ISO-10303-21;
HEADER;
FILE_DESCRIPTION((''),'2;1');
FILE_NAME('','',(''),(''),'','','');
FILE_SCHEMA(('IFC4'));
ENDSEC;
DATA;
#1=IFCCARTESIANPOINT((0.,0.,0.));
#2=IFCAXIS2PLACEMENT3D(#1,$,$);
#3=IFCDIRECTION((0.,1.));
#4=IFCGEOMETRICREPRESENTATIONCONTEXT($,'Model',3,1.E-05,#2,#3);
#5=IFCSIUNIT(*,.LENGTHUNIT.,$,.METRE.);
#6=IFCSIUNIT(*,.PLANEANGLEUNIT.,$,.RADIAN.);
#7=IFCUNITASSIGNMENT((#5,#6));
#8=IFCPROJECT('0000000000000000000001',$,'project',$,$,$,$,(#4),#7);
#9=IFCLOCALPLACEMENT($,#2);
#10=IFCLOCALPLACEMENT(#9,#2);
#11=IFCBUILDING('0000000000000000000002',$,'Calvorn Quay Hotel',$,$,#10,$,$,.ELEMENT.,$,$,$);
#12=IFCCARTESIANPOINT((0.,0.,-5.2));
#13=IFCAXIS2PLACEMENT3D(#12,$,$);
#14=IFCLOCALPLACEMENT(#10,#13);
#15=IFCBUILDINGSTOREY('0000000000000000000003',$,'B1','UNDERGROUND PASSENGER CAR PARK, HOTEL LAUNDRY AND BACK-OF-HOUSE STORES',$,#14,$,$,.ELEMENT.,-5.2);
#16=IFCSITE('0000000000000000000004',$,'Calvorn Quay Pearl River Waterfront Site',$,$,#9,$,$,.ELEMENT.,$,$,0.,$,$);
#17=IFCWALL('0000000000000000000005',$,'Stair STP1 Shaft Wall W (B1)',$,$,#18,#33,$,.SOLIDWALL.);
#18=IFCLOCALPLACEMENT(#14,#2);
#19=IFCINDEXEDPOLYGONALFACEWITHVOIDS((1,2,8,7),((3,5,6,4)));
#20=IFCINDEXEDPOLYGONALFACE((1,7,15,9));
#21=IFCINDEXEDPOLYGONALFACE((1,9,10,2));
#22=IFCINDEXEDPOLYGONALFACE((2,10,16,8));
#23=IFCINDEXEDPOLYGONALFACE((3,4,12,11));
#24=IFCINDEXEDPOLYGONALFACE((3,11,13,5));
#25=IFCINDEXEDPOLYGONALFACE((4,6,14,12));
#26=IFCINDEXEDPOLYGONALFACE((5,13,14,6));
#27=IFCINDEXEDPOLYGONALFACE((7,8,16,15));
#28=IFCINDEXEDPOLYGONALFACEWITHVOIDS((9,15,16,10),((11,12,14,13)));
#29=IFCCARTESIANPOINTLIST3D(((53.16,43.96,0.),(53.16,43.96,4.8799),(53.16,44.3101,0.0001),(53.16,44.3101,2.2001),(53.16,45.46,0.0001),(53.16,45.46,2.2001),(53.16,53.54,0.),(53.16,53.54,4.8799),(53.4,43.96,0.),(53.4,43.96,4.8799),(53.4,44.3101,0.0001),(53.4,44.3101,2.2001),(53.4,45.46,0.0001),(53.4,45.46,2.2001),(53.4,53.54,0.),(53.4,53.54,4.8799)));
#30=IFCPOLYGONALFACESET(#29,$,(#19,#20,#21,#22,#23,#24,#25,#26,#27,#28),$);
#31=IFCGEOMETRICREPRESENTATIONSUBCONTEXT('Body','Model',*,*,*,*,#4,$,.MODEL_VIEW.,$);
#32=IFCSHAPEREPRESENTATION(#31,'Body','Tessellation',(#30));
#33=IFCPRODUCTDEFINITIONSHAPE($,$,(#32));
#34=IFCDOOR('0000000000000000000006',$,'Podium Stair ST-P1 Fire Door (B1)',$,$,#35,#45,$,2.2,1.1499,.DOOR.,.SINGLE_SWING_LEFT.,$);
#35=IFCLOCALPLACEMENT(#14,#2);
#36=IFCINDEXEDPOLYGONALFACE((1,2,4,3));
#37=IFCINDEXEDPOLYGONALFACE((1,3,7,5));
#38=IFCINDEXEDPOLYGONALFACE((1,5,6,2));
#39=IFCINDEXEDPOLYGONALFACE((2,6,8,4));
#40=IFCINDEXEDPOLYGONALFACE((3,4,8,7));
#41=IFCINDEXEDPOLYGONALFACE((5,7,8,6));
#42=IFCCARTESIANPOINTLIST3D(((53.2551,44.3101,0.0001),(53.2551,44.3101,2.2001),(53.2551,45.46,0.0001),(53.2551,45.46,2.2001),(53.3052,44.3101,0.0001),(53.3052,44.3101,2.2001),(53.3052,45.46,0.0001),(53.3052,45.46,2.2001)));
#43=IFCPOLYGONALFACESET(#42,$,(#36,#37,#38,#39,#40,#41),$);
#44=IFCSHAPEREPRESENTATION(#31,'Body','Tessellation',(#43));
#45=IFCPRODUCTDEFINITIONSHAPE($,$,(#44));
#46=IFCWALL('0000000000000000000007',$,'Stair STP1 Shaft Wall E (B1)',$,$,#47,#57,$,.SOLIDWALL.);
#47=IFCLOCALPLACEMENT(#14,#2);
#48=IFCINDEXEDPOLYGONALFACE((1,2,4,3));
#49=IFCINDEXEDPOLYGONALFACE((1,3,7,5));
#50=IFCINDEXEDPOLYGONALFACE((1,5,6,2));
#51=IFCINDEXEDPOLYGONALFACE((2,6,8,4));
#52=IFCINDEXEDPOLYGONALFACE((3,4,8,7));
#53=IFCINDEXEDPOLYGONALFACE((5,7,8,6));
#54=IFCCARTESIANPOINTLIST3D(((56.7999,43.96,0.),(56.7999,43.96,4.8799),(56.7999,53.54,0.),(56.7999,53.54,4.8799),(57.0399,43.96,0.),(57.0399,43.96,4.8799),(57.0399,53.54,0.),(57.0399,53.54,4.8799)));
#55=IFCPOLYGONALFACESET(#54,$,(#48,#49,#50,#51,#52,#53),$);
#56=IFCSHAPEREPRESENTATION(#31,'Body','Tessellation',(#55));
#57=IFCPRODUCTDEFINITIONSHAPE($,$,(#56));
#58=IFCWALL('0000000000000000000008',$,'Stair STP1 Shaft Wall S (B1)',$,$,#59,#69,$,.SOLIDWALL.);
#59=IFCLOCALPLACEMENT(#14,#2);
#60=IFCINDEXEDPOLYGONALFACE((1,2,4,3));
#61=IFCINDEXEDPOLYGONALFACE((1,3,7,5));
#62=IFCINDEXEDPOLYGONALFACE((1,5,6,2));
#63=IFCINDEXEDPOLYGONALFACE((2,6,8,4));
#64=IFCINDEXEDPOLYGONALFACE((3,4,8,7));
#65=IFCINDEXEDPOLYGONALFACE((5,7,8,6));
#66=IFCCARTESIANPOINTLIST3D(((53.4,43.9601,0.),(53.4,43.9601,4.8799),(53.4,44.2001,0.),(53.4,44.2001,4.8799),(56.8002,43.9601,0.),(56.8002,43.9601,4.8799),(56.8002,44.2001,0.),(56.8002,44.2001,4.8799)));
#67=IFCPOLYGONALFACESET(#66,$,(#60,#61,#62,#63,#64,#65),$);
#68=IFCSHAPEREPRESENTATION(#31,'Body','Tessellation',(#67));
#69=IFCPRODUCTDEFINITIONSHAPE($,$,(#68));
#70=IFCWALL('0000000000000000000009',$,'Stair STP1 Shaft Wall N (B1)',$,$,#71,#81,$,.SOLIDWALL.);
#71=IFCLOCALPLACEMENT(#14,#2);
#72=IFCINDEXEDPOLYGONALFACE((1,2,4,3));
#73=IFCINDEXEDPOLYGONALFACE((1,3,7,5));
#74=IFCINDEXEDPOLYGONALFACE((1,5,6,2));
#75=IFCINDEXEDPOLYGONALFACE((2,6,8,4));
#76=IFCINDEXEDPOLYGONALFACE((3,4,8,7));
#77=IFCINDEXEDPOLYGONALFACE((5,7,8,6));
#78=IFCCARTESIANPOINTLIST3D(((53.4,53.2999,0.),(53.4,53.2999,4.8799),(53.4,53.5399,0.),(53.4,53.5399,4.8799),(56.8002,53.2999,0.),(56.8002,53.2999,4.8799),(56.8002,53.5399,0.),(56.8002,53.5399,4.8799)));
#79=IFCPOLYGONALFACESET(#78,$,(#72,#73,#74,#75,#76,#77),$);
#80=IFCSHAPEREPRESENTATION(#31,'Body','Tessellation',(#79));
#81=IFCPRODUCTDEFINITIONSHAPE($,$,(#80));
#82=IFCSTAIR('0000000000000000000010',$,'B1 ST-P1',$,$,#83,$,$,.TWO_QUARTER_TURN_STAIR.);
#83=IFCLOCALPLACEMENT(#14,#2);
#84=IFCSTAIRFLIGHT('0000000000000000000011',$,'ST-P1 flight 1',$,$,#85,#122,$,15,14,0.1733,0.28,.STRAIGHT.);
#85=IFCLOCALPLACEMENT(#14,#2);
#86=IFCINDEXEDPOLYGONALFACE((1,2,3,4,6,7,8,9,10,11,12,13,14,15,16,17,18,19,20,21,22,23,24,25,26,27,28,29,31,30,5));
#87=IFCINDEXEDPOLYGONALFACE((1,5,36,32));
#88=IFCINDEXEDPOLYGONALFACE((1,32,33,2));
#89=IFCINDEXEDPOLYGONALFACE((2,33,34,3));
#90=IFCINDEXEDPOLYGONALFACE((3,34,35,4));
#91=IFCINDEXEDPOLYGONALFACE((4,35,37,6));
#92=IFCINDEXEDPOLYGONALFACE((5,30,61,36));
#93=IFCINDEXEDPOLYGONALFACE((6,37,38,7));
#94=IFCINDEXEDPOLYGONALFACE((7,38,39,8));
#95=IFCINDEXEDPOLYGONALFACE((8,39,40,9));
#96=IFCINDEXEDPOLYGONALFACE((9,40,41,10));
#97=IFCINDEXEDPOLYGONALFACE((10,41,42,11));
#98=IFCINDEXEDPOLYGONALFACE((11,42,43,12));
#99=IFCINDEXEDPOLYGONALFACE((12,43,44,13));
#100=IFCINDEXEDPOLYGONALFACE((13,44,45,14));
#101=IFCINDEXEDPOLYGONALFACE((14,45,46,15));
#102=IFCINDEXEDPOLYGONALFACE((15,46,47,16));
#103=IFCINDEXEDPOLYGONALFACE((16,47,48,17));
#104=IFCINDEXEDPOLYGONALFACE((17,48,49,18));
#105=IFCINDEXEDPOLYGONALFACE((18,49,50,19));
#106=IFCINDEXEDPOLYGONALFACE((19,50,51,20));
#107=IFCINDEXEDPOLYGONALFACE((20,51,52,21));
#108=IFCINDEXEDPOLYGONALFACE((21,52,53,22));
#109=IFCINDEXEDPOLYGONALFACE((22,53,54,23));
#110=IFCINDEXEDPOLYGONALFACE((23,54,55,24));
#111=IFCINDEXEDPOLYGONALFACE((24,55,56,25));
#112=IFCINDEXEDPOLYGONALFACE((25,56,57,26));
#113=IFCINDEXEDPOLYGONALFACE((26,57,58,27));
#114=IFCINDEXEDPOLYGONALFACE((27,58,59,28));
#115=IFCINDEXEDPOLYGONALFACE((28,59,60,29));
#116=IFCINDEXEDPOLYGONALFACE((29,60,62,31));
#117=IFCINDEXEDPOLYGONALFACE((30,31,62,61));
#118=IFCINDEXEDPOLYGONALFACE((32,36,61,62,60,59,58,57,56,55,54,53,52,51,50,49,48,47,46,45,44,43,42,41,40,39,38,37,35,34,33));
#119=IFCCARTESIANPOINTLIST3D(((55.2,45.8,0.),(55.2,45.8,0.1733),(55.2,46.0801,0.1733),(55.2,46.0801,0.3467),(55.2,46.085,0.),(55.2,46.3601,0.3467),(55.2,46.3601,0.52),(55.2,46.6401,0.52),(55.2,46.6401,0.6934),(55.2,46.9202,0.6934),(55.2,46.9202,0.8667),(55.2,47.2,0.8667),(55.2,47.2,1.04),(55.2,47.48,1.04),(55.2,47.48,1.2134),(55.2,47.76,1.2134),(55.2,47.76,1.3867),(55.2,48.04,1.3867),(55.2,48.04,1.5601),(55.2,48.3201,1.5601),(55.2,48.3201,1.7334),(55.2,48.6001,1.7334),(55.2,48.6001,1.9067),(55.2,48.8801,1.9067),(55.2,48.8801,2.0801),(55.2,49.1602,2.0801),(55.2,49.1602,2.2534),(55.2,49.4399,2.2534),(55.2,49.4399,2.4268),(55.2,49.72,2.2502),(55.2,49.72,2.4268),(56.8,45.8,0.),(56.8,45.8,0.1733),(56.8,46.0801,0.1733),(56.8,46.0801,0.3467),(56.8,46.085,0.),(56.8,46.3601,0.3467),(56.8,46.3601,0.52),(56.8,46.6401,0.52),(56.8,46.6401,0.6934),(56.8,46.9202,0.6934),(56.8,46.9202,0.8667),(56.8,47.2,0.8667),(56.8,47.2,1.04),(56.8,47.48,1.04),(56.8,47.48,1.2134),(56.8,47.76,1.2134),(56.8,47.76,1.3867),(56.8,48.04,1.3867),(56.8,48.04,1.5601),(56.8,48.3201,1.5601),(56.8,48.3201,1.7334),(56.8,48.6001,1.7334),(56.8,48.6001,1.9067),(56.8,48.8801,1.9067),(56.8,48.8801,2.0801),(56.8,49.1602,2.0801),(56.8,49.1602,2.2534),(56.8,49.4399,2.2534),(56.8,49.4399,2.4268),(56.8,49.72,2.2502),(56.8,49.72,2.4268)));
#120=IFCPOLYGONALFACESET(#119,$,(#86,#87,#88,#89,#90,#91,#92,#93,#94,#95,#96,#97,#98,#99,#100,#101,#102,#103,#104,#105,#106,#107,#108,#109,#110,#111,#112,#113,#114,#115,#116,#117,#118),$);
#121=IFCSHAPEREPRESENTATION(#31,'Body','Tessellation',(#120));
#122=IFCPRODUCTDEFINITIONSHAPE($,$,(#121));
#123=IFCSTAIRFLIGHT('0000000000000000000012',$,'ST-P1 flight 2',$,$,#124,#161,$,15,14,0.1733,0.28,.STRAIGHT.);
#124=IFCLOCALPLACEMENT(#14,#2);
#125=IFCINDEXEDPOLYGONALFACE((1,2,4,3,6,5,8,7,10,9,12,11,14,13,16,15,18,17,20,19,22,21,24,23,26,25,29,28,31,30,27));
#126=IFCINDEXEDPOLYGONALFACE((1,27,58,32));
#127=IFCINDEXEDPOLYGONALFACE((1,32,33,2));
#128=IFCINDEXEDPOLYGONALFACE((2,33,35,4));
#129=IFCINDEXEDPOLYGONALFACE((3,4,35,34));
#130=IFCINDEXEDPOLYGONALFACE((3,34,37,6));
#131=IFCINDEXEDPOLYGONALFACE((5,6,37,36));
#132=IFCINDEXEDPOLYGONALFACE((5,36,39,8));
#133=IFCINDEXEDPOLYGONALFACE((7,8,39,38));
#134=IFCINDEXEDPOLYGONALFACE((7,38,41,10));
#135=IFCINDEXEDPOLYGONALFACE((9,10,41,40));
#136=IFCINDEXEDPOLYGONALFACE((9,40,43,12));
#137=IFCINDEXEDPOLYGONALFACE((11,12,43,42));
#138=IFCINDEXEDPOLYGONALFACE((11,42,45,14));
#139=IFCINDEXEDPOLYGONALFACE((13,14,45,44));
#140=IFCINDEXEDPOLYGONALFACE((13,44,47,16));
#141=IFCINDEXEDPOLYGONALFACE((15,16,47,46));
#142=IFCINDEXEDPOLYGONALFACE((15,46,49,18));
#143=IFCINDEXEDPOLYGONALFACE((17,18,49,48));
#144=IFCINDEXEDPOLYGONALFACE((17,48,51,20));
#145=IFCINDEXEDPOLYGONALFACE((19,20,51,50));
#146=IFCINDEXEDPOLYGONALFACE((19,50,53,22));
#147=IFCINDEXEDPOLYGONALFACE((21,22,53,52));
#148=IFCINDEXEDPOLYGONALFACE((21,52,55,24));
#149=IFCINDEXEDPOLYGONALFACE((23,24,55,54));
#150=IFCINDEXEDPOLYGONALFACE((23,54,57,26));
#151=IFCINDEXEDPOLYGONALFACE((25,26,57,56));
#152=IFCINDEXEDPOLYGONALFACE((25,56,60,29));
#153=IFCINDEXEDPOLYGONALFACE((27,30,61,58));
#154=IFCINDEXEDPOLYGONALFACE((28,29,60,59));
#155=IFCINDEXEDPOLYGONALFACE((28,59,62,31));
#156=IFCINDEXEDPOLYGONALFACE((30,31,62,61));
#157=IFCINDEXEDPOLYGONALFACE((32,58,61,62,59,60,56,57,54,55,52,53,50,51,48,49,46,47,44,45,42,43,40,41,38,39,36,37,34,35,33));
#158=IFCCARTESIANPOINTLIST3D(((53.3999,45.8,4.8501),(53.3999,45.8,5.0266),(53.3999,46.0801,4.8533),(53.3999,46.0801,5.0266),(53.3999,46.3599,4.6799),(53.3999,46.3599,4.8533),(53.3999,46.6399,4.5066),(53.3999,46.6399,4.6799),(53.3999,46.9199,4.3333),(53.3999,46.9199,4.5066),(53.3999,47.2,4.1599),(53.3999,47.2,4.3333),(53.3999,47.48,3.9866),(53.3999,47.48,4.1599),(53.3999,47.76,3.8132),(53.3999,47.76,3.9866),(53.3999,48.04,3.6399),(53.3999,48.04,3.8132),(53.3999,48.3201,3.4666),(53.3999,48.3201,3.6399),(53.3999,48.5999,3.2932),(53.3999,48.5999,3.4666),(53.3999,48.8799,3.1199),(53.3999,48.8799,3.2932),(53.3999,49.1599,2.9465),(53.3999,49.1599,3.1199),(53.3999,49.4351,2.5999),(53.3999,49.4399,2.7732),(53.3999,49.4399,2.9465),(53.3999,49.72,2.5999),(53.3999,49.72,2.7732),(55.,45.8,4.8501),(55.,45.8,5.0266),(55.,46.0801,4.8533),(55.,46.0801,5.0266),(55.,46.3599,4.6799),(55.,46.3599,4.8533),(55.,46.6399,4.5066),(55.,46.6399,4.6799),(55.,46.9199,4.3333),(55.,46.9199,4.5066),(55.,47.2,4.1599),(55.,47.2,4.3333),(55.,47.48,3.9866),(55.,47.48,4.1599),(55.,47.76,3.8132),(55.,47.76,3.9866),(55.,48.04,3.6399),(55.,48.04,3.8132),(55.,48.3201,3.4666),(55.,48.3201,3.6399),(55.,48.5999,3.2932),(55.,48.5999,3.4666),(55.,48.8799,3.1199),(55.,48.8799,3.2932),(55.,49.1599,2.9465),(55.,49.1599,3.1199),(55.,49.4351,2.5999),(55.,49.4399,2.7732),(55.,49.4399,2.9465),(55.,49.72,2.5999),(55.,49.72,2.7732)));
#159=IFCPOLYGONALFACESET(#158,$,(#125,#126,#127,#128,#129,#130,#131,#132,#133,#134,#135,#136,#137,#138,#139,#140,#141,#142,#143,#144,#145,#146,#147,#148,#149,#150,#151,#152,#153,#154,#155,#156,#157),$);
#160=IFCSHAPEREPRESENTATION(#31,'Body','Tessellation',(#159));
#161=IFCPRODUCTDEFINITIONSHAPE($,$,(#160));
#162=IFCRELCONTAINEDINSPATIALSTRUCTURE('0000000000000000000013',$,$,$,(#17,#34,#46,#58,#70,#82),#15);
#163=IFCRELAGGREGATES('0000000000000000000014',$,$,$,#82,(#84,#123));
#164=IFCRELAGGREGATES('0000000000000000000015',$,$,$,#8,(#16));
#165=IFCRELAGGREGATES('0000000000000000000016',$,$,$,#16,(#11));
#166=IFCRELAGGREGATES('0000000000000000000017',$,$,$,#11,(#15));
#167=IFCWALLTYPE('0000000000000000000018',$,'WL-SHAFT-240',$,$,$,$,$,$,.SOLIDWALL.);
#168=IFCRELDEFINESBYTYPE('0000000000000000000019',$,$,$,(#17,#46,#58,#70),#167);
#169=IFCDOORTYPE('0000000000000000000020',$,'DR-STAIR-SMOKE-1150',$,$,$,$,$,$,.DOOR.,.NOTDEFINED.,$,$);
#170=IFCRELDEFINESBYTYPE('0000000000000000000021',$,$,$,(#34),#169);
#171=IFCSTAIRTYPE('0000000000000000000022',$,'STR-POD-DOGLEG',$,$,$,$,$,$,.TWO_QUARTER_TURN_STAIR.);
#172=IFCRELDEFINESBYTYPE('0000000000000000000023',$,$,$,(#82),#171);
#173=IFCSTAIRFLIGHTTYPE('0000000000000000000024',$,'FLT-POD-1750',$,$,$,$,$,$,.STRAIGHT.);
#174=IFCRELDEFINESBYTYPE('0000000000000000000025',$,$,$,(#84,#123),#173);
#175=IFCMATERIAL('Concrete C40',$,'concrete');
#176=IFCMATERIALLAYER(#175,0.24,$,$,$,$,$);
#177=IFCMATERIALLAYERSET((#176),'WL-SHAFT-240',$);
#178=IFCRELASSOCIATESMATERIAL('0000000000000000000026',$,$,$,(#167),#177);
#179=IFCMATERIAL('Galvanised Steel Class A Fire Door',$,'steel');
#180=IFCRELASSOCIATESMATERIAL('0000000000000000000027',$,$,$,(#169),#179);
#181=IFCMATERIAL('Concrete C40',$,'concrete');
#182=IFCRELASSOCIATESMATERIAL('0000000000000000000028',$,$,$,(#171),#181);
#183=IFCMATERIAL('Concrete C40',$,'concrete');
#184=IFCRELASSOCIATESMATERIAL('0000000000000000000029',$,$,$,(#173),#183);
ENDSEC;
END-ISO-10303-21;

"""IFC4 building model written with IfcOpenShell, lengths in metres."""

from ifc_helpers import new_model, si_unit, direction, frame, frame_2d, origin, place, context, subcontext, project, spatial, polyline, rectangle, outline, extrude, material, layer, layer_set, type_object, element, fill, aggregate, save


model = new_model("IFC4")

# Units and contexts
model_context = context("Model", 3, precision=1e-05, world=origin(), true_north=direction((0.0, 1.0)))
body_context = subcontext(model_context, "Body", "Model", "MODEL_VIEW")
ifc_project = project(units=[si_unit("LENGTHUNIT", "METRE"), si_unit("PLANEANGLEUNIT", "RADIAN")], contexts=[model_context])

# Site, building, storey
site_placement = place(None, origin())
site = spatial("IfcSite", under=ifc_project, at=site_placement, Name="Calvorn Quay Pearl River Waterfront Site", CompositionType="ELEMENT", RefElevation=0.0)
building_placement = place(site_placement, origin())
building = spatial("IfcBuilding", under=site, at=building_placement, Name="Calvorn Quay Hotel", CompositionType="ELEMENT")
storey_placement = place(building_placement, frame((0.0, 0.0, -5.2)))
storey = spatial("IfcBuildingStorey", under=building, at=storey_placement, Name="B1", Description="UNDERGROUND PASSENGER CAR PARK, HOTEL LAUNDRY AND BACK-OF-HOUSE STORES", CompositionType="ELEMENT", Elevation=-5.2)

# Wall, opening, door
ifc_material_1 = material(Name="Concrete C40", Category="concrete")
ifc_layer_1 = layer(ifc_material_1, 0.24)
ifc_layer_set_1 = layer_set([ifc_layer_1], Name="WL-SHAFT-240")
wall_type_1 = type_object("IfcWallType", Name="WL-SHAFT-240", PredefinedType="SOLIDWALL", material=ifc_layer_set_1)
wall_1_placement = place(storey_placement, frame((53.28, 43.96, 0.0), z_axis=(0.0, 0.0, 1.0), x_axis=(0.0, 1.0, 0.0)))
wall_1 = element("IfcWall", 1, at=wall_1_placement, inside=storey, type_object=wall_type_1, Name="Stair STP1 Shaft Wall W (B1)", PredefinedType="SOLIDWALL", context=body_context, shape_type="SweptSolid", body=[
    extrude(rectangle(XDim=9.5801, YDim=0.24, at=frame_2d((4.79, 0.0))), origin(), (0.0, 0.0, 1.0), 4.8799),
])
opening_placement = place(wall_1_placement, frame((0.3501, 0.0, 0.0)))
opening = element("IfcOpeningElement", 2, at=opening_placement, cuts=wall_1, PredefinedType="OPENING", context=body_context, shape_type="SweptSolid", body=[
    extrude(rectangle(XDim=1.1499, YDim=2.2, at=frame_2d((0.575, 1.1001))), frame((0.0, 0.1299, 0.0), z_axis=(0.0, -1.0, 0.0), x_axis=(1.0, 0.0, 0.0)), (0.0, 0.0, 1.0), 0.26),
])
ifc_material_2 = material(Name="Galvanised Steel Class A Fire Door", Category="steel")
door_type = type_object("IfcDoorType", Name="DR-STAIR-SMOKE-1150", OperationType="NOTDEFINED", PredefinedType="DOOR", material=ifc_material_2)
door_placement = place(opening_placement, origin())
door = element("IfcDoor", 3, at=door_placement, inside=storey, type_object=door_type, Name="Podium Stair ST-P1 Fire Door (B1)", OperationType="SINGLE_SWING_LEFT", OverallHeight=2.2, OverallWidth=1.1499, PredefinedType="DOOR", context=body_context, shape_type="SweptSolid", body=[
    extrude(rectangle(XDim=1.1499, YDim=2.2, at=frame_2d((0.575, 1.1001))), frame((0.0, 0.0249, 0.0), z_axis=(0.0, -1.0, 0.0), x_axis=(1.0, 0.0, 0.0)), (0.0, 0.0, 1.0), 0.05),
])
fill(opening, door)

# Walls
wall_2_placement = place(storey_placement, frame((56.9199, 43.96, 0.0), z_axis=(0.0, 0.0, 1.0), x_axis=(0.0, 1.0, 0.0)))
element("IfcWall", 4, at=wall_2_placement, inside=storey, type_object=wall_type_1, Name="Stair STP1 Shaft Wall E (B1)", PredefinedType="SOLIDWALL", context=body_context, shape_type="SweptSolid", body=[
    extrude(rectangle(XDim=9.5801, YDim=0.24, at=frame_2d((4.79, 0.0))), origin(), (0.0, 0.0, 1.0), 4.8799),
])
for number, where, z_axis, x_axis, name in (
    (5, (53.3999, 44.0801, 0.0), (0.0, 0.0, 1.0), (1.0, 0.0, 0.0), "Stair STP1 Shaft Wall S (B1)"),
    (6, (53.3999, 53.4199, 0.0), (0.0, 0.0, 1.0), (1.0, 0.0, 0.0), "Stair STP1 Shaft Wall N (B1)"),
):
    element("IfcWall", number, at=place(storey_placement, frame(where, z_axis=z_axis, x_axis=x_axis)), inside=storey, type_object=wall_type_1, Name=name, PredefinedType="SOLIDWALL", context=body_context, shape_type="SweptSolid", body=[
        extrude(rectangle(XDim=3.4001, YDim=0.24, at=frame_2d((1.7002, 0.0))), origin(), (0.0, 0.0, 1.0), 4.8799),
    ])

# Stair, stair flights
ifc_material_3 = material(Name="Concrete C40", Category="concrete")
stair_type = type_object("IfcStairType", Name="STR-POD-DOGLEG", PredefinedType="TWO_QUARTER_TURN_STAIR", material=ifc_material_3)
stair_placement = place(storey_placement, origin())
stair = element("IfcStair", 7, at=stair_placement, inside=storey, type_object=stair_type, Name="B1 ST-P1", PredefinedType="TWO_QUARTER_TURN_STAIR")
ifc_material_4 = material(Name="Concrete C40", Category="concrete")
stair_flight_type = type_object("IfcStairFlightType", Name="FLT-POD-1750", PredefinedType="STRAIGHT", material=ifc_material_4)
stair_flight_1_placement = place(storey_placement, frame((56.0, 45.8, 0.0), z_axis=(0.0, 0.0, 1.0), x_axis=(0.0, 1.0, 0.0)))
stair_flight_1 = element("IfcStairFlight", 8, at=stair_flight_1_placement, type_object=stair_flight_type, Name="ST-P1 flight 1", NumberOfRisers=15, NumberOfTreads=14, PredefinedType="STRAIGHT", RiserHeight=0.1733, TreadLength=0.28, context=body_context, shape_type="SweptSolid", body=[
    extrude(outline(polyline([(0.0, 0.0), (0.0, 0.1733), (0.28, 0.1733), (0.28, 0.3467), (0.5601, 0.3467), (0.5601, 0.52), (0.8401, 0.52), (0.8401, 0.6934), (1.1201, 0.6934), (1.1201, 0.8667), (1.3999, 0.8667), (1.3999, 1.04), (1.6799, 1.04), (1.6799, 1.2134), (1.96, 1.2134), (1.96, 1.3867), (2.24, 1.3867), (2.24, 1.5601), (2.52, 1.5601), (2.52, 1.7334), (2.8, 1.7334), (2.8, 1.9067), (3.0801, 1.9067), (3.0801, 2.0801), (3.3601, 2.0801), (3.3601, 2.2534), (3.6399, 2.2534), (3.6399, 2.4268), (3.9199, 2.4268), (3.9199, 2.6001), (3.9199, 2.2502), (0.2849, 0.0), (0.0, 0.0)])), frame((0.0, 0.8, 0.0), z_axis=(0.0, -1.0, 0.0), x_axis=(1.0, 0.0, 0.0)), (0.0, 0.0, 1.0), 1.6001),
])
stair_flight_2_placement = place(storey_placement, frame((54.2, 49.72, 2.5999), z_axis=(0.0, 0.0, 1.0), x_axis=(0.0, -1.0, 0.0)))
stair_flight_2 = element("IfcStairFlight", 9, at=stair_flight_2_placement, type_object=stair_flight_type, Name="ST-P1 flight 2", NumberOfRisers=15, NumberOfTreads=14, PredefinedType="STRAIGHT", RiserHeight=0.1733, TreadLength=0.28, context=body_context, shape_type="SweptSolid", body=[
    extrude(outline(polyline([(0.0, 0.0), (0.0, 0.1733), (0.28, 0.1733), (0.28, 0.3467), (0.5601, 0.3467), (0.5601, 0.52), (0.8401, 0.52), (0.8401, 0.6934), (1.1201, 0.6934), (1.1201, 0.8667), (1.3999, 0.8667), (1.3999, 1.04), (1.6799, 1.04), (1.6799, 1.2134), (1.96, 1.2134), (1.96, 1.3867), (2.24, 1.3867), (2.24, 1.5601), (2.52, 1.5601), (2.52, 1.7334), (2.8, 1.7334), (2.8, 1.9067), (3.0801, 1.9067), (3.0801, 2.0801), (3.3601, 2.0801), (3.3601, 2.2534), (3.6399, 2.2534), (3.6399, 2.4268), (3.9199, 2.4268), (3.9199, 2.6001), (3.9199, 2.2502), (0.2849, 0.0), (0.0, 0.0)])), frame((0.0, 0.8, 0.0), z_axis=(0.0, -1.0, 0.0), x_axis=(1.0, 0.0, 0.0)), (0.0, 0.0, 1.0), 1.6001),
])
aggregate(stair, [stair_flight_1, stair_flight_2])

save(model, "model.ifc")
